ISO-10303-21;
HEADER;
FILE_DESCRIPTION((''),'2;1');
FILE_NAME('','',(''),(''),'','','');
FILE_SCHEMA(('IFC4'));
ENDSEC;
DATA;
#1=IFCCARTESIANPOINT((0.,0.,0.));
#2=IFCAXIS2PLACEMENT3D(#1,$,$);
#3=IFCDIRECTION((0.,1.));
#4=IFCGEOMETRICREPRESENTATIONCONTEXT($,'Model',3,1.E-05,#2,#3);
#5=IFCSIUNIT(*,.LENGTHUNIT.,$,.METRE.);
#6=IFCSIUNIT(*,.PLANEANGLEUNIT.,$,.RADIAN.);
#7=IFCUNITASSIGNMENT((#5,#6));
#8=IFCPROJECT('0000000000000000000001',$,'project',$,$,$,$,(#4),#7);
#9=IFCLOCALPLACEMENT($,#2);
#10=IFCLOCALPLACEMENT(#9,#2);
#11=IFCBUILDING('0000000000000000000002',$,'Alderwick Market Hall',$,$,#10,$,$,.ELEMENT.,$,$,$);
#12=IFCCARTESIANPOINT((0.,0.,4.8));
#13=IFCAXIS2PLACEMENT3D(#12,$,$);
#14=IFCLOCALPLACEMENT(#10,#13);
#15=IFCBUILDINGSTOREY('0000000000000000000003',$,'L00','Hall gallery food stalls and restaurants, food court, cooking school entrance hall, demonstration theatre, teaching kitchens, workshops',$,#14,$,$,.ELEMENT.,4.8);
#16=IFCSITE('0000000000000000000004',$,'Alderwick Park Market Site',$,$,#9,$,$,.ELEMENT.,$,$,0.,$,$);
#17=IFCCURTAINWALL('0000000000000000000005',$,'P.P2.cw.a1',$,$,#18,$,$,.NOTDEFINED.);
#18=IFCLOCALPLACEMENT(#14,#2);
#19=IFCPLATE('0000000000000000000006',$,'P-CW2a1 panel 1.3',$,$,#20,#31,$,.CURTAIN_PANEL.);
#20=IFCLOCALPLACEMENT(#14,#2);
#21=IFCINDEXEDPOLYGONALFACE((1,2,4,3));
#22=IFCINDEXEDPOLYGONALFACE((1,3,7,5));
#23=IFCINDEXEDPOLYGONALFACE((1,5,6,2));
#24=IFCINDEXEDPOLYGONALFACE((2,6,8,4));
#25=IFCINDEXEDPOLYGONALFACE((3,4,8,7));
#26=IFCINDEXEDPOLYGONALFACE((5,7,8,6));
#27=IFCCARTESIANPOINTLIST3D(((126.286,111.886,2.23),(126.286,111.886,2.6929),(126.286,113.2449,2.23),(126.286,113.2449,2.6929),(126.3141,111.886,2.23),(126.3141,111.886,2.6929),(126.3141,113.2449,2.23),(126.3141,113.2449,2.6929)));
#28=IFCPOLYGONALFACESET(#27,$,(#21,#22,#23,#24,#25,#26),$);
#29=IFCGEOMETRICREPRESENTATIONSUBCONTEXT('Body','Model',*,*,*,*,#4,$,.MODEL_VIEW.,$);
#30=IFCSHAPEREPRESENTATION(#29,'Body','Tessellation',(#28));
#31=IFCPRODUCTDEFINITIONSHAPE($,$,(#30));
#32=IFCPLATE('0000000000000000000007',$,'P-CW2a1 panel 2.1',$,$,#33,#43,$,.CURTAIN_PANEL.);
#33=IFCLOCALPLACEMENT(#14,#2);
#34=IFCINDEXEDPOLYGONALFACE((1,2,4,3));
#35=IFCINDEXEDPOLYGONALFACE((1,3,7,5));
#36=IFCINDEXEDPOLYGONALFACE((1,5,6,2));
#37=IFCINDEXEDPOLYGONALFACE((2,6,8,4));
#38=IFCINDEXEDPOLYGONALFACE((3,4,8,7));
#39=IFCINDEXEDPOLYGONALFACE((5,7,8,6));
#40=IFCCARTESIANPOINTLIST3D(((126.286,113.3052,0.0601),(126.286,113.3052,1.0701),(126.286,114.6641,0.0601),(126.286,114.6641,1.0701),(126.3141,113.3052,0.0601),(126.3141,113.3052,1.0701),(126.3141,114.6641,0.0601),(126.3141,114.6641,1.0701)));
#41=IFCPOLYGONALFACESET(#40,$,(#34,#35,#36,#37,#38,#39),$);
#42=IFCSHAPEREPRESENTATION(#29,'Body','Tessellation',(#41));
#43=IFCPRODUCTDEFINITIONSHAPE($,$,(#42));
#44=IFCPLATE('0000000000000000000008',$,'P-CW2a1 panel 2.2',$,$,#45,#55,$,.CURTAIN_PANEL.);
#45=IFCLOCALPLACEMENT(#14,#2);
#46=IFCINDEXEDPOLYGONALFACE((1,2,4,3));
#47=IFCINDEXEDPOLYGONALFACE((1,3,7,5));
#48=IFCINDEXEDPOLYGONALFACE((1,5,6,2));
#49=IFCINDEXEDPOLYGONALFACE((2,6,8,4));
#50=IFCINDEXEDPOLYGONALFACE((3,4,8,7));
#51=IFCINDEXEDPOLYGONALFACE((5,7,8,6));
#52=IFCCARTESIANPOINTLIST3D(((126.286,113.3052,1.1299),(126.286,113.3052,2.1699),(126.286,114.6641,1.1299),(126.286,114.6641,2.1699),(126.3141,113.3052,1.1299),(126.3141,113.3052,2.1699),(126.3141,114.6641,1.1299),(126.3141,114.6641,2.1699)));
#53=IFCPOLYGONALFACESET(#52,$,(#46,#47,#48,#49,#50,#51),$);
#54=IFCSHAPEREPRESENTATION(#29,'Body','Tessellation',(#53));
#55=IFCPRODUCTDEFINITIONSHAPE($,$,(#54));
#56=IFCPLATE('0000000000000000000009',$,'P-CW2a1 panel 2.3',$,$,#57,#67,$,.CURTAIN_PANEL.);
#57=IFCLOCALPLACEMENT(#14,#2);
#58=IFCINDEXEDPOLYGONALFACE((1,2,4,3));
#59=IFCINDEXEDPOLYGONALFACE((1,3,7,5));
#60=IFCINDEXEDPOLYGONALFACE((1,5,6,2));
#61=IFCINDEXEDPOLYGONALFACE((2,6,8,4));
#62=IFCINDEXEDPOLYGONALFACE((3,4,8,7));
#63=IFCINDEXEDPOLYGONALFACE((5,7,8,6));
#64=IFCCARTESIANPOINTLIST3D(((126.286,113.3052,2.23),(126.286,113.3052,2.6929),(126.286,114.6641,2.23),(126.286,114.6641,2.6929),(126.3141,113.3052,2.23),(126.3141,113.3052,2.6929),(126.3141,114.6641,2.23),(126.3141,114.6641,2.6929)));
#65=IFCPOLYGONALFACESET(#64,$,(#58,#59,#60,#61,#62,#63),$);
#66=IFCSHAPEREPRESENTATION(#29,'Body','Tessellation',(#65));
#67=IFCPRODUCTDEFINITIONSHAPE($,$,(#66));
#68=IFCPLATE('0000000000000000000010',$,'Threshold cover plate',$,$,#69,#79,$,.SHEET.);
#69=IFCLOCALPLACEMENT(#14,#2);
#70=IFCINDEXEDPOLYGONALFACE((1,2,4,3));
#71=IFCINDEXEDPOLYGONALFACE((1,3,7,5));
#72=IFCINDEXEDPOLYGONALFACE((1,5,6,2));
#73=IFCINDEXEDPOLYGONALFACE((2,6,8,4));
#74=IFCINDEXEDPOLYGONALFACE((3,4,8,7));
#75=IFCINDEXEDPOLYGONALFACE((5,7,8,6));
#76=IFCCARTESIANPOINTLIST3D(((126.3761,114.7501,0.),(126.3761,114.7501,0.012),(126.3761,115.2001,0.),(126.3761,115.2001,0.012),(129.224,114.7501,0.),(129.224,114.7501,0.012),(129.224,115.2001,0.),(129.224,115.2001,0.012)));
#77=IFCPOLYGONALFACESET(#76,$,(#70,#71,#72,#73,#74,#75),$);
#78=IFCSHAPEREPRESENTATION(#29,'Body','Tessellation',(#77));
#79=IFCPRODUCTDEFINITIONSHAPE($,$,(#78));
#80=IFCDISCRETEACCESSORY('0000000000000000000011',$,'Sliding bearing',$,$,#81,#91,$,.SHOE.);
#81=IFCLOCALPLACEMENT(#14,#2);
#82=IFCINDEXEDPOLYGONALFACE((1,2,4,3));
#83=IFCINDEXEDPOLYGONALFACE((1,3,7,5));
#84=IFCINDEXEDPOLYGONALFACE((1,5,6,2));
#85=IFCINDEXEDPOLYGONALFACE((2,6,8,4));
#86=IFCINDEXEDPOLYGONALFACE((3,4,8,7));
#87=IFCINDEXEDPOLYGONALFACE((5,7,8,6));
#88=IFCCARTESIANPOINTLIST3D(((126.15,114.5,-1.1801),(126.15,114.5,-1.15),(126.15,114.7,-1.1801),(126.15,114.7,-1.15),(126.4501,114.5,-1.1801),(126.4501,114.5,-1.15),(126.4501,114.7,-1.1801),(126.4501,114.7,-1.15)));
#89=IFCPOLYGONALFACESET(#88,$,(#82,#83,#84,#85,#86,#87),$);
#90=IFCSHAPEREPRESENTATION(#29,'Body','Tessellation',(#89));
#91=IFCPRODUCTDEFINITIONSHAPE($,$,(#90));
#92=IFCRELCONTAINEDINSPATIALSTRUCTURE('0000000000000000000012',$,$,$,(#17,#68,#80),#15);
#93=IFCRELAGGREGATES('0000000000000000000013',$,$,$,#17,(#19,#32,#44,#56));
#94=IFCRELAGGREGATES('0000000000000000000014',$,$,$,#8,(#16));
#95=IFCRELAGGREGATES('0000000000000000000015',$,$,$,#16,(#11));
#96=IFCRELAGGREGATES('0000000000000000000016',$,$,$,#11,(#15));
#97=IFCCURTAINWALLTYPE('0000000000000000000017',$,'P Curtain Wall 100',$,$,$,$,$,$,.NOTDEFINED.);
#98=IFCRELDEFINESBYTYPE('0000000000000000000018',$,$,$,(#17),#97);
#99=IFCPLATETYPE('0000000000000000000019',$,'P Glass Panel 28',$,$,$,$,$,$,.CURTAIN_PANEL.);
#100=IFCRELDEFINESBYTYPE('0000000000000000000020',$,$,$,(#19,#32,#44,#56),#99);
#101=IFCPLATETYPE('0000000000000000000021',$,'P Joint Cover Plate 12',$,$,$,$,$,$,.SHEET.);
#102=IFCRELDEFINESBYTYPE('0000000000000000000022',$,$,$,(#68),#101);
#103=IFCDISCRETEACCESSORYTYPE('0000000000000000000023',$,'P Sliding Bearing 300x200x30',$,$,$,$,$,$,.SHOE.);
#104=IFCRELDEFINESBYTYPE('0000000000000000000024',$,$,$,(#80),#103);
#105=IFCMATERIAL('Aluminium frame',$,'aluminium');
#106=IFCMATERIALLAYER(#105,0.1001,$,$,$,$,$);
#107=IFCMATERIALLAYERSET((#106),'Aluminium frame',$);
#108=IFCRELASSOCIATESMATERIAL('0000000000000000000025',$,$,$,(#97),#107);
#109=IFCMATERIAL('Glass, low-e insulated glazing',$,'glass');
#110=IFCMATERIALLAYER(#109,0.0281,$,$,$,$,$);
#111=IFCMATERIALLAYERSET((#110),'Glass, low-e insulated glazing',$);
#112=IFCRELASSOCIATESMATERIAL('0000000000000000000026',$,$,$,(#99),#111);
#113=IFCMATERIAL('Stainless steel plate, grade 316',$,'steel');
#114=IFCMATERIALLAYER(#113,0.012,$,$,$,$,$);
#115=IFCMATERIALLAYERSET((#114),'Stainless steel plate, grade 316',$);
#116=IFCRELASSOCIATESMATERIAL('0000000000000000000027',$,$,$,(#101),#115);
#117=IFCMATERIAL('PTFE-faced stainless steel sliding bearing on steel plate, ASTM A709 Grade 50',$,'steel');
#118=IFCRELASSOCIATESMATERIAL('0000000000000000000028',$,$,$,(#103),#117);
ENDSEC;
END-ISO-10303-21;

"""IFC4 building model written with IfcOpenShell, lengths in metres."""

from ifc_helpers import new_model, si_unit, direction, frame, origin, origin_2d, place, context, subcontext, project, spatial, rectangle, extrude, material, layer, layer_set, material_profile, profile_set, type_object, element, aggregate, save


model = new_model("IFC4")

# Units and contexts
model_context = context("Model", 3, precision=1e-05, world=origin(), true_north=direction((0.0, 1.0)))
body_context = subcontext(model_context, "Body", "Model", "MODEL_VIEW")
ifc_project = project(units=[si_unit("LENGTHUNIT", "METRE"), si_unit("PLANEANGLEUNIT", "RADIAN")], contexts=[model_context])

# Site, building, storey
site_placement = place(None, origin())
site = spatial("IfcSite", under=ifc_project, at=site_placement, Name="Alderwick Park Market Site", CompositionType="ELEMENT", RefElevation=0.0)
building_placement = place(site_placement, origin())
building = spatial("IfcBuilding", under=site, at=building_placement, Name="Alderwick Market Hall", CompositionType="ELEMENT")
storey_placement = place(building_placement, frame((0.0, 0.0, 4.8)))
storey = spatial("IfcBuildingStorey", under=building, at=storey_placement, Name="L00", Description="Hall gallery food stalls and restaurants, food court, cooking school entrance hall, demonstration theatre, teaching kitchens, workshops", CompositionType="ELEMENT", Elevation=4.8)

# Curtain wall
ifc_material_1 = material(Name="Aluminium frame", Category="aluminium")
ifc_layer_1 = layer(ifc_material_1, 0.1001)
ifc_layer_set_1 = layer_set([ifc_layer_1], Name="Aluminium frame")
curtain_wall_type = type_object("IfcCurtainWallType", Name="P Curtain Wall 100", PredefinedType="NOTDEFINED", material=ifc_layer_set_1)
curtain_wall_1_placement = place(storey_placement, origin())
curtain_wall_1 = element("IfcCurtainWall", 1, at=curtain_wall_1_placement, inside=storey, type_object=curtain_wall_type, Name="P.P2.cw.a1", PredefinedType="NOTDEFINED")

# Plates
ifc_material_2 = material(Name="Glass, low-e insulated glazing", Category="glass")
ifc_layer_2 = layer(ifc_material_2, 0.0281)
ifc_layer_set_2 = layer_set([ifc_layer_2], Name="Glass, low-e insulated glazing")
plate_type_1 = type_object("IfcPlateType", Name="P Glass Panel 28", PredefinedType="CURTAIN_PANEL", material=ifc_layer_set_2)
plate_1_placement = place(storey_placement, frame((126.3, 112.5654, 2.23), z_axis=(0.0, 0.0, 1.0), x_axis=(0.0, 1.0, 0.0)))
plate_1 = element("IfcPlate", 2, at=plate_1_placement, type_object=plate_type_1, Name="P-CW2a1 panel 1.3", PredefinedType="CURTAIN_PANEL", context=body_context, shape_type="SweptSolid", body=[
    extrude(rectangle(XDim=1.3589, YDim=0.0281, at=origin_2d()), origin(), (0.0, 0.0, 1.0), 0.4629),
])
plate_2_placement = place(storey_placement, frame((126.3, 113.9846, 0.0601), z_axis=(0.0, 0.0, 1.0), x_axis=(0.0, 1.0, 0.0)))
plate_2 = element("IfcPlate", 3, at=plate_2_placement, type_object=plate_type_1, Name="P-CW2a1 panel 2.1", PredefinedType="CURTAIN_PANEL", context=body_context, shape_type="SweptSolid", body=[
    extrude(rectangle(XDim=1.3589, YDim=0.0281, at=origin_2d()), origin(), (0.0, 0.0, 1.0), 1.01),
])
plate_3_placement = place(storey_placement, frame((126.3, 113.9846, 1.1299), z_axis=(0.0, 0.0, 1.0), x_axis=(0.0, 1.0, 0.0)))
plate_3 = element("IfcPlate", 4, at=plate_3_placement, type_object=plate_type_1, Name="P-CW2a1 panel 2.2", PredefinedType="CURTAIN_PANEL", context=body_context, shape_type="SweptSolid", body=[
    extrude(rectangle(XDim=1.3589, YDim=0.0281, at=origin_2d()), origin(), (0.0, 0.0, 1.0), 1.04),
])
plate_4_placement = place(storey_placement, frame((126.3, 113.9846, 2.23), z_axis=(0.0, 0.0, 1.0), x_axis=(0.0, 1.0, 0.0)))
plate_4 = element("IfcPlate", 5, at=plate_4_placement, type_object=plate_type_1, Name="P-CW2a1 panel 2.3", PredefinedType="CURTAIN_PANEL", context=body_context, shape_type="SweptSolid", body=[
    extrude(rectangle(XDim=1.3589, YDim=0.0281, at=origin_2d()), origin(), (0.0, 0.0, 1.0), 0.4629),
])
aggregate(curtain_wall_1, [plate_1, plate_2, plate_3, plate_4])
ifc_material_3 = material(Name="Stainless steel plate, grade 316", Category="steel")
ifc_layer_3 = layer(ifc_material_3, 0.012)
ifc_layer_set_3 = layer_set([ifc_layer_3], Name="Stainless steel plate, grade 316")
plate_type_2 = type_object("IfcPlateType", Name="P Joint Cover Plate 12", PredefinedType="SHEET", material=ifc_layer_set_3)
plate_5_placement = place(storey_placement, frame((127.8, 114.9751, 0.0), z_axis=(0.0, 0.0, 1.0), x_axis=(1.0, 0.0, 0.0)))
element("IfcPlate", 6, at=plate_5_placement, inside=storey, type_object=plate_type_2, Name="Threshold cover plate", PredefinedType="SHEET", context=body_context, shape_type="SweptSolid", body=[
    extrude(rectangle(XDim=2.8479, YDim=0.45, at=origin_2d()), origin(), (0.0, 0.0, 1.0), 0.012),
])

# Discrete accessory
ifc_material_4 = material(Name="PTFE-faced stainless steel sliding bearing on steel plate, ASTM A709 Grade 50", Category="steel")
ifc_material_profile_1 = material_profile(ifc_material_4, rectangle(XDim=0.3, YDim=0.03, at=origin_2d()), Name="P Sliding Bearing 300x200x30")
ifc_profile_set_1 = profile_set([ifc_material_profile_1], Name="PTFE-faced stainless steel sliding bearing on steel plate, ASTM A709 Grade 50")
discrete_accessory_type = type_object("IfcDiscreteAccessoryType", Name="P Sliding Bearing 300x200x30", PredefinedType="SHOE", material=ifc_profile_set_1)
discrete_accessory_placement = place(storey_placement, frame((126.3, 114.5, -1.165), z_axis=(0.0, 1.0, 0.0), x_axis=(-1.0, 0.0, 0.0)))
element("IfcDiscreteAccessory", 7, at=discrete_accessory_placement, inside=storey, type_object=discrete_accessory_type, Name="Sliding bearing", PredefinedType="SHOE", context=body_context, shape_type="SweptSolid", body=[
    extrude(rectangle(XDim=0.3, YDim=0.03, at=origin_2d()), origin(), (0.0, 0.0, 1.0), 0.2),
])

save(model, "model.ifc")
